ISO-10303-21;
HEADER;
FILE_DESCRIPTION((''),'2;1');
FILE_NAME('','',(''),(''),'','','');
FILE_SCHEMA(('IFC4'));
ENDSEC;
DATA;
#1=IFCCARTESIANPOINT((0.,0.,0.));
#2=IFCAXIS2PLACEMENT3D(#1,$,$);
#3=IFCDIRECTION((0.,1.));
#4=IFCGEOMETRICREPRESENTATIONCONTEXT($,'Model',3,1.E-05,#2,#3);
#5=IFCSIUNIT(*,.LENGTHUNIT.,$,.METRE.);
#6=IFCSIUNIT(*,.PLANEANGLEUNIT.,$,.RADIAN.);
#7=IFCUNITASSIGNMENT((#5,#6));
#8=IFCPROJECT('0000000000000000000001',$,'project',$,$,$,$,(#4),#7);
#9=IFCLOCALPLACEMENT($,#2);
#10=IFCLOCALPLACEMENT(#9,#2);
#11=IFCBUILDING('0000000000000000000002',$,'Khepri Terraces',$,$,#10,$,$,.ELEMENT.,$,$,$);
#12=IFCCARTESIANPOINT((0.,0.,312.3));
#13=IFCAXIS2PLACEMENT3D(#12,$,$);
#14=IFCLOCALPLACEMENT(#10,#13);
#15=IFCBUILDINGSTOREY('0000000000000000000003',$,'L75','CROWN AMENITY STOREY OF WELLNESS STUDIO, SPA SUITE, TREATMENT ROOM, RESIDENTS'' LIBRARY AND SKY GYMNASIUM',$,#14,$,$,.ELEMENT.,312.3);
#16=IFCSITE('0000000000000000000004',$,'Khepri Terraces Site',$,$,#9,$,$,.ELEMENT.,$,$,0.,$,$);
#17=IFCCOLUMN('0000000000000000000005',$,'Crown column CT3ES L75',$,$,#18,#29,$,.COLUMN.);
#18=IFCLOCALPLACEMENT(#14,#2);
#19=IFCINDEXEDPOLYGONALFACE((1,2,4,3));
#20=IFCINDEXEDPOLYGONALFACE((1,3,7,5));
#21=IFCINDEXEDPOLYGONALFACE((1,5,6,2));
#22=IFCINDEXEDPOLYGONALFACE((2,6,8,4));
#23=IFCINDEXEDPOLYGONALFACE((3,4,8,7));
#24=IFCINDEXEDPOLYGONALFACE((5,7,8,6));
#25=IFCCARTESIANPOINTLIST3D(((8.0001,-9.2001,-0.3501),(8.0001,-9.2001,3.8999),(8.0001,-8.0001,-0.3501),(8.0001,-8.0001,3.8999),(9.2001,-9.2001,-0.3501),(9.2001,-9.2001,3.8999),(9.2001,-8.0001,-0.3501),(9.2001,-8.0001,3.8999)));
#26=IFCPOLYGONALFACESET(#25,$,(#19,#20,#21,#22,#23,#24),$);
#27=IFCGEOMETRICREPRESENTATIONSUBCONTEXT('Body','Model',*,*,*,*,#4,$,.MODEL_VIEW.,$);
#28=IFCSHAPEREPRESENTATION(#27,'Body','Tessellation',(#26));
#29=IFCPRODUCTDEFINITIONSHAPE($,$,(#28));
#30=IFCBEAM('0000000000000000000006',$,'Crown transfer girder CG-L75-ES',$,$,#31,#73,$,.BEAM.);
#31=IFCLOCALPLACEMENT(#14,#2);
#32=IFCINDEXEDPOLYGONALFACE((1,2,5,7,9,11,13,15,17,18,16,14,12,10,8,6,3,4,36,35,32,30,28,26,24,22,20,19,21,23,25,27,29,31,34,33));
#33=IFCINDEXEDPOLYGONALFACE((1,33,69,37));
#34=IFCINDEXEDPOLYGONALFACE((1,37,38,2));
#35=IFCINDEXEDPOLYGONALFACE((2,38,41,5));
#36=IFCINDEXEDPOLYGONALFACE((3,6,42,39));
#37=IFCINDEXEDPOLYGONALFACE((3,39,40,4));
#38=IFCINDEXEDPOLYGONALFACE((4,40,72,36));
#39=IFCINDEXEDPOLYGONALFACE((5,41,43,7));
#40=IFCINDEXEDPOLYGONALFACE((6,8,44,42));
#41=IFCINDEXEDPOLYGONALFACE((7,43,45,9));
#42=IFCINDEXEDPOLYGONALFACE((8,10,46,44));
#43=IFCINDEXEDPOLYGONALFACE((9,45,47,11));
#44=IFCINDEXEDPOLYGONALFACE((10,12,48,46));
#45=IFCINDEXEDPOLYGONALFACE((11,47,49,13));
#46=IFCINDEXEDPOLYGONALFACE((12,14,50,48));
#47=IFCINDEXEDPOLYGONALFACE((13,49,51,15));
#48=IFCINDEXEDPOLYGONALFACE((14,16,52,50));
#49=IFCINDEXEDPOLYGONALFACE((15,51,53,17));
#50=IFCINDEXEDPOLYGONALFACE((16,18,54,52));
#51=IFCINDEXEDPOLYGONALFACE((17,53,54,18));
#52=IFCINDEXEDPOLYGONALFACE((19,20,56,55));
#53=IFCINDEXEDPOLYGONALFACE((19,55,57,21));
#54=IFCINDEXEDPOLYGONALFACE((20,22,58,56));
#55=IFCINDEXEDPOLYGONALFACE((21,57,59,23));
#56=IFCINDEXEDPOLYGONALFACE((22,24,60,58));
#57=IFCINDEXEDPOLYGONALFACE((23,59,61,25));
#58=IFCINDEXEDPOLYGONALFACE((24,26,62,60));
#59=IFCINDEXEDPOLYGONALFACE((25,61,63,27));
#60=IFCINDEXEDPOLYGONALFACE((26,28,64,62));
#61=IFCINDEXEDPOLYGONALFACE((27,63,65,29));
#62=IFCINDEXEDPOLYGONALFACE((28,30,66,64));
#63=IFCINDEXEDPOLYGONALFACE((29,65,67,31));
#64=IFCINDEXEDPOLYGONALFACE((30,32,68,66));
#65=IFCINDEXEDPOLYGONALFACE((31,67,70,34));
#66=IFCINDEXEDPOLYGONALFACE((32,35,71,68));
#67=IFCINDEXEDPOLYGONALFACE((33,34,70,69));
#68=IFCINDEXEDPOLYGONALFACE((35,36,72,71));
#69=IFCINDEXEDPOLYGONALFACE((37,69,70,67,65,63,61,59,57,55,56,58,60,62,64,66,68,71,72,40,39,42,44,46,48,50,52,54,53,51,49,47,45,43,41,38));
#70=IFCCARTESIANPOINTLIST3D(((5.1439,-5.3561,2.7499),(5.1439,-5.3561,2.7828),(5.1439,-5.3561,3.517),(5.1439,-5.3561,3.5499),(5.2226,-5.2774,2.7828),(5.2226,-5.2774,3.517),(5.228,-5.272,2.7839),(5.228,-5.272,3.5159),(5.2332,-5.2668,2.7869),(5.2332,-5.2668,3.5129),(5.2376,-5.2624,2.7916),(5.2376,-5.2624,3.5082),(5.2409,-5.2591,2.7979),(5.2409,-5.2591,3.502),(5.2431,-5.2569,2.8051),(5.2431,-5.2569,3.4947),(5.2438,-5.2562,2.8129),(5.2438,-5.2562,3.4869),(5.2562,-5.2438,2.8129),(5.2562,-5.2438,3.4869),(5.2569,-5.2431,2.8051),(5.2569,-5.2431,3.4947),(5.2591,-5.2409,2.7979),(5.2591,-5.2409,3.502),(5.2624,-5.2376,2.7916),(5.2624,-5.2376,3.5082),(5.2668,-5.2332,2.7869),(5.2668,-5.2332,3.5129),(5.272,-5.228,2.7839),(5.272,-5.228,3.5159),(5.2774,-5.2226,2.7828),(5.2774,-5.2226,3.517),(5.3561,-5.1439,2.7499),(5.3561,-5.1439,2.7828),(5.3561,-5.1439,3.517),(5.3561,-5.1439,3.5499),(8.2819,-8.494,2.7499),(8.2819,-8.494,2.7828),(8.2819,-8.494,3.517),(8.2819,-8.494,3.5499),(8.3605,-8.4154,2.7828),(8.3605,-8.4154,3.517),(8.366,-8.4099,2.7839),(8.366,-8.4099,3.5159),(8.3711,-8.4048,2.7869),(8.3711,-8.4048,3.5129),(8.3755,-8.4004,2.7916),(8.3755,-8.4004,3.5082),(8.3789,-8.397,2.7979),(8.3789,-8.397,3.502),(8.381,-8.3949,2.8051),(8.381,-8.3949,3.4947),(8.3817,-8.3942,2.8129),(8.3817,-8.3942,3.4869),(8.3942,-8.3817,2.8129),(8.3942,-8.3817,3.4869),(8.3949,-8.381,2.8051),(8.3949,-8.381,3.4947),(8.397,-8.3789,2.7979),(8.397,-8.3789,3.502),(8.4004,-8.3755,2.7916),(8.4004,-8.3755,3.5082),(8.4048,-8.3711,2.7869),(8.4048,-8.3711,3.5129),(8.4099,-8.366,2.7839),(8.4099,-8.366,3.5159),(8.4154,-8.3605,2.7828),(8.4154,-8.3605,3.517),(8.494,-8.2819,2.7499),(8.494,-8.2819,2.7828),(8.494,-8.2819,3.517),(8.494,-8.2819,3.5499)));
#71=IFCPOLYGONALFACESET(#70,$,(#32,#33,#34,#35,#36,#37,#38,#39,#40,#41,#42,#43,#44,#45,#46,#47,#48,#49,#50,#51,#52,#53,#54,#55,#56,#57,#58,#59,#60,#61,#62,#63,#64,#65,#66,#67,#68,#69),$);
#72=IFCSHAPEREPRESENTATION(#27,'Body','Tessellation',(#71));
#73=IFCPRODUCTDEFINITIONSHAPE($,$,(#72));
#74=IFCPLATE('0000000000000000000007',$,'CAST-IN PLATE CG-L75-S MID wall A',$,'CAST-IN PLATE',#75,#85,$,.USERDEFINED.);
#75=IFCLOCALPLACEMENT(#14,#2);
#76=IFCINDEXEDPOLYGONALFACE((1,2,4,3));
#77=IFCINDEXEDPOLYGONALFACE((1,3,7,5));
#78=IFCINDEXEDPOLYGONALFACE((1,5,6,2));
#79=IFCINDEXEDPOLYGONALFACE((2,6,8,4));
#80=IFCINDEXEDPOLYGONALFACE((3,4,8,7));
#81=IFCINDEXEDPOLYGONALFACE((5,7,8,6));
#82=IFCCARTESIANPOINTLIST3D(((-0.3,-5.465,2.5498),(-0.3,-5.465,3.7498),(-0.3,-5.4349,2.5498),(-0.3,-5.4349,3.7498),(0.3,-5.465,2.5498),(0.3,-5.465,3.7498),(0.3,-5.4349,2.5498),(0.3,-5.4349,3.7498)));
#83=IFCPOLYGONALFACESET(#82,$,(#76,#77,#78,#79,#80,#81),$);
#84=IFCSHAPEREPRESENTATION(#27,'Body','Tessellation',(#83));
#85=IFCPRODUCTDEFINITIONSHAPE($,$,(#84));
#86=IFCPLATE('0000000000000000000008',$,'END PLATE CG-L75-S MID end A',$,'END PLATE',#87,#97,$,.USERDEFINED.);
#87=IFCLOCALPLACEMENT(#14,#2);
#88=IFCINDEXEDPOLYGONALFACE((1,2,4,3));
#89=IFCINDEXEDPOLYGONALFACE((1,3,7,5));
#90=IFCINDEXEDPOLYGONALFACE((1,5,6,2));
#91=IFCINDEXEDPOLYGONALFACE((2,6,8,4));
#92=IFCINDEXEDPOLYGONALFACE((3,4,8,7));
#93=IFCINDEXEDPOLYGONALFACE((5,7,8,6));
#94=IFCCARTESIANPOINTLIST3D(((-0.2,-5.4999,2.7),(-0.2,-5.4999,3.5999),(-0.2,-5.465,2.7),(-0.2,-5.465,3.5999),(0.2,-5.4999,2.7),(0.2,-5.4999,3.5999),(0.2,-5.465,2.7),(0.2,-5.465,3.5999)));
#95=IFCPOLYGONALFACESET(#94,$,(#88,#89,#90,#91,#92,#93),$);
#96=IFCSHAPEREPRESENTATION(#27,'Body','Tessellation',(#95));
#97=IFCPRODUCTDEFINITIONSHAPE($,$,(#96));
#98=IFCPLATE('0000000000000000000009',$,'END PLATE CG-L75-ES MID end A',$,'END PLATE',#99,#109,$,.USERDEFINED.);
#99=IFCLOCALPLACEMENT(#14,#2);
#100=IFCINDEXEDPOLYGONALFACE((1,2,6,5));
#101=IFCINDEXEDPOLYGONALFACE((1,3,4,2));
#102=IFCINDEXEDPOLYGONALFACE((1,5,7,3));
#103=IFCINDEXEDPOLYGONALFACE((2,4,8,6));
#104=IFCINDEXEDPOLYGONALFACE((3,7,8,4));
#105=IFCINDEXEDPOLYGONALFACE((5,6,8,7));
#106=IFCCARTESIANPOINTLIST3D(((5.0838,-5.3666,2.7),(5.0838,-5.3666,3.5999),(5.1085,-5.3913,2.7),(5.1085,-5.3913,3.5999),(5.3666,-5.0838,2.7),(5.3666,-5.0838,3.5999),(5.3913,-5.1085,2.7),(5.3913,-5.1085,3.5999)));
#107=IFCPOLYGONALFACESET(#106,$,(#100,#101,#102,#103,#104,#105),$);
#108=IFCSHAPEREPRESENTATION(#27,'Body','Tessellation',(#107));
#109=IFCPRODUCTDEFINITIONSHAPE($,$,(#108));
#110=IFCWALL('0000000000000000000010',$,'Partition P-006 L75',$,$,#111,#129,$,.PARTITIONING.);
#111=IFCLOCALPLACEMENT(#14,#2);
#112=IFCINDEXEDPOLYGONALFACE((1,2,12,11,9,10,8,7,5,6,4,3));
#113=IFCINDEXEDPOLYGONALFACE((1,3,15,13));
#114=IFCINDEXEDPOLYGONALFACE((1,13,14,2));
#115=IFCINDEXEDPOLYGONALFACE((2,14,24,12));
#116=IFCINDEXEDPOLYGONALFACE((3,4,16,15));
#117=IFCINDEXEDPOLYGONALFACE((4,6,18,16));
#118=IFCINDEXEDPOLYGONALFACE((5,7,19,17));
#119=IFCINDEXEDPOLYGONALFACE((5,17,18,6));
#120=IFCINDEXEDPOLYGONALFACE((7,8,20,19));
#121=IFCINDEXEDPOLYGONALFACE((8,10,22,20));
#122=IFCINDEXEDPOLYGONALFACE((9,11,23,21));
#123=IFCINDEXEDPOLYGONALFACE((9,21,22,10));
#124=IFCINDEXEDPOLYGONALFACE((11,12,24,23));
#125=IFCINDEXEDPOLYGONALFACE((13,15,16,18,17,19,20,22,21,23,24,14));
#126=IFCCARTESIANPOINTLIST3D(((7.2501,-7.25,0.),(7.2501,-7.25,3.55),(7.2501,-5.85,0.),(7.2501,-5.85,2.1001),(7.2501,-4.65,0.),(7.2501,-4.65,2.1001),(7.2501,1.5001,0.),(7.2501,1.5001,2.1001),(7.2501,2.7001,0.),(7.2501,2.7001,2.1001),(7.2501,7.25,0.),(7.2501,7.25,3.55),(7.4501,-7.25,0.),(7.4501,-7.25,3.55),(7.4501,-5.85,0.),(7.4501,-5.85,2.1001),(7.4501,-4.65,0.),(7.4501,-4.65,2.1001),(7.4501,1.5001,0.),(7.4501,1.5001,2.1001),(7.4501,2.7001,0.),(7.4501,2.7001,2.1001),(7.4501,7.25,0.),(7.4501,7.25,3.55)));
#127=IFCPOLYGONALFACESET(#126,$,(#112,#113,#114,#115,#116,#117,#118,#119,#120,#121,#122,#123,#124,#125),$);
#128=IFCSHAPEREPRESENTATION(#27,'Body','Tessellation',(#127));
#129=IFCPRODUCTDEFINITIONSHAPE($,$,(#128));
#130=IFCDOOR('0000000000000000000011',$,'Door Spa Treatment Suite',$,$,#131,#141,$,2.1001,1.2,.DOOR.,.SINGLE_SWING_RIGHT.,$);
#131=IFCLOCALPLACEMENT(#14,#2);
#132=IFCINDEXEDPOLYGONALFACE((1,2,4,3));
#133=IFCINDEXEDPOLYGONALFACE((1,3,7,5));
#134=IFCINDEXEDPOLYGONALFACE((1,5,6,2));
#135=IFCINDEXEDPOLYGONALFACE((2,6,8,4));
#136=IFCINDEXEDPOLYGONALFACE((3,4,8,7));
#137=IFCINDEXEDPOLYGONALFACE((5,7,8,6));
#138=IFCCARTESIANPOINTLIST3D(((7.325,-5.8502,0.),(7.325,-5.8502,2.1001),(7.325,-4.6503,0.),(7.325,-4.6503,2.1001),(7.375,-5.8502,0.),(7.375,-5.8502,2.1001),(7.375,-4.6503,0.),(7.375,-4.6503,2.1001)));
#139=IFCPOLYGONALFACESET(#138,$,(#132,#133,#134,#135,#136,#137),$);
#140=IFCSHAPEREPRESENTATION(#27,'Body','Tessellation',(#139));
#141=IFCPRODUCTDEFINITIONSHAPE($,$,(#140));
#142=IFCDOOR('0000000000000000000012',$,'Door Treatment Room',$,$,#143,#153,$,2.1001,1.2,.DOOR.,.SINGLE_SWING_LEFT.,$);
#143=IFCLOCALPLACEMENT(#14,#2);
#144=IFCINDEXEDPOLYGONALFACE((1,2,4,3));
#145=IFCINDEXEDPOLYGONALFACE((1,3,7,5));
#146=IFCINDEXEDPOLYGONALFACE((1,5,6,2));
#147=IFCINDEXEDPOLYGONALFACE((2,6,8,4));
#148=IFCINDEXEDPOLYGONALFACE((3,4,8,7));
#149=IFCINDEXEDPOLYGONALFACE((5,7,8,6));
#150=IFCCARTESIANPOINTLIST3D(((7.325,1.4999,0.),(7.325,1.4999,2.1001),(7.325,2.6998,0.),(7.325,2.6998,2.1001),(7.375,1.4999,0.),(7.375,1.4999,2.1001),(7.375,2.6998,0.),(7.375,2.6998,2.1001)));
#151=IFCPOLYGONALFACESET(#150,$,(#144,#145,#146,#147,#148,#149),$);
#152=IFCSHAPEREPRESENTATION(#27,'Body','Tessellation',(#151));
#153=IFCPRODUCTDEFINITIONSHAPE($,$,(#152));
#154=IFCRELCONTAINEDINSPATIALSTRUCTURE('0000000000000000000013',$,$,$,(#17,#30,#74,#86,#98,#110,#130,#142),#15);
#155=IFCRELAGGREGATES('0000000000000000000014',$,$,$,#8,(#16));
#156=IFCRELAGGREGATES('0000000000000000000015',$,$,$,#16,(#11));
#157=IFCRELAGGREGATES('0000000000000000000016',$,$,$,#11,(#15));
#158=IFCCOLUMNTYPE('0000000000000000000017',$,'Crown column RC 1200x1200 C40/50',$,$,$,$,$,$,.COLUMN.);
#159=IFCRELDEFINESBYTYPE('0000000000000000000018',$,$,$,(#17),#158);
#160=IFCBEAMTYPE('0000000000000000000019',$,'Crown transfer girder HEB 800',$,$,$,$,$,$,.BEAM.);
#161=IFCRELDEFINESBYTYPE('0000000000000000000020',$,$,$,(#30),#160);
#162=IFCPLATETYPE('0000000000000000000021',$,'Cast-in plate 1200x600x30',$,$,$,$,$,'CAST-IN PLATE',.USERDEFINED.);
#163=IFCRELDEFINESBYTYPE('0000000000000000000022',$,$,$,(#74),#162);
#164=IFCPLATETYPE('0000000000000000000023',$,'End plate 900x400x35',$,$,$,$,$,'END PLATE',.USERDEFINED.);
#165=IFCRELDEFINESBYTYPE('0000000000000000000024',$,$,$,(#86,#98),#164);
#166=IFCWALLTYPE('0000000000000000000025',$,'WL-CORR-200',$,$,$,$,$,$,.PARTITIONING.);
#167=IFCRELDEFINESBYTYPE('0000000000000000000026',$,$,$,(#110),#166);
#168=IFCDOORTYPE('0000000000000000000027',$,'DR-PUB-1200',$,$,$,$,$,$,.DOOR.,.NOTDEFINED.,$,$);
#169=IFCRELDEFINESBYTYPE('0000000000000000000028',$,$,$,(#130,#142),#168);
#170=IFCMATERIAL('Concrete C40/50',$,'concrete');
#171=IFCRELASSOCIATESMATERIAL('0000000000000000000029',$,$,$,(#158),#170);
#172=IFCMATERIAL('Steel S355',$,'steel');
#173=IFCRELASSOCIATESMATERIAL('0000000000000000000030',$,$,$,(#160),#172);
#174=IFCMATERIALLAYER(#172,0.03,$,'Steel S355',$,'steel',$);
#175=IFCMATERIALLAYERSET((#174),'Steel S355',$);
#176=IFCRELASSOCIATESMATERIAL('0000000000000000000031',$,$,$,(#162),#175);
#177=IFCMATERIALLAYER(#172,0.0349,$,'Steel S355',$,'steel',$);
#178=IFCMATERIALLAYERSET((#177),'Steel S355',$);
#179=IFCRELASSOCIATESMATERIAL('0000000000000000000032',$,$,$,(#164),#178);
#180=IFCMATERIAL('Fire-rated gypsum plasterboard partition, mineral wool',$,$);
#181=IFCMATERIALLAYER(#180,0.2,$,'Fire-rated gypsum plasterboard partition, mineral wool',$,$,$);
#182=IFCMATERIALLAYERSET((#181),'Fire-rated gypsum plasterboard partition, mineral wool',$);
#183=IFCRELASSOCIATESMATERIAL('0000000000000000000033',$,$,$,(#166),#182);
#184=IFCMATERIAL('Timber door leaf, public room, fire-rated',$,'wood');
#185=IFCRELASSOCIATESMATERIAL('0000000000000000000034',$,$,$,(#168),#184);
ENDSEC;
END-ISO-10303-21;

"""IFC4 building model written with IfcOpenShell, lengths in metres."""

from ifc_helpers import new_model, si_unit, direction, frame, frame_2d, origin, origin_2d, place, context, subcontext, project, spatial, rectangle, i_section, extrude, material, layer, layer_set, material_profile, profile_set, type_object, element, fill, save


model = new_model("IFC4")

# Units and contexts
model_context = context("Model", 3, precision=1e-05, world=origin(), true_north=direction((0.0, 1.0)))
body_context = subcontext(model_context, "Body", "Model", "MODEL_VIEW")
ifc_project = project(units=[si_unit("LENGTHUNIT", "METRE"), si_unit("PLANEANGLEUNIT", "RADIAN")], contexts=[model_context])

# Site, building, storey
site_placement = place(None, origin())
site = spatial("IfcSite", under=ifc_project, at=site_placement, Name="Khepri Terraces Site", CompositionType="ELEMENT", RefElevation=0.0)
building_placement = place(site_placement, origin())
building = spatial("IfcBuilding", under=site, at=building_placement, Name="Khepri Terraces", CompositionType="ELEMENT")
storey_placement = place(building_placement, frame((0.0, 0.0, 312.3)))
storey = spatial("IfcBuildingStorey", under=building, at=storey_placement, Name="L75", Description="CROWN AMENITY STOREY OF WELLNESS STUDIO, SPA SUITE, TREATMENT ROOM, RESIDENTS' LIBRARY AND SKY GYMNASIUM", CompositionType="ELEMENT", Elevation=312.3)

# Column
ifc_material_1 = material(Name="Concrete C40/50", Category="concrete")
ifc_material_profile_1 = material_profile(ifc_material_1, rectangle(XDim=1.2, YDim=1.2, at=origin_2d()), Name="Concrete C40/50", Category="concrete")
ifc_profile_set_1 = profile_set([ifc_material_profile_1], Name="Concrete C40/50")
column_type = type_object("IfcColumnType", Name="Crown column RC 1200x1200 C40/50", PredefinedType="COLUMN", material=ifc_profile_set_1)
column_placement = place(storey_placement, frame((8.6001, -8.6001, -0.3501), z_axis=(0.0, 0.0, 1.0), x_axis=(1.0, 0.0, 0.0)))
element("IfcColumn", 1, at=column_placement, inside=storey, type_object=column_type, Name="Crown column CT3ES L75", PredefinedType="COLUMN", context=body_context, shape_type="SweptSolid", body=[
    extrude(rectangle(XDim=1.2, YDim=1.2, at=origin_2d()), origin(), (0.0, 0.0, 1.0), 4.25),
])

# Beam
ifc_material_2 = material(Name="Steel S355", Category="steel")
ifc_material_profile_2 = material_profile(ifc_material_2, i_section(OverallWidth=0.3, OverallDepth=0.8, WebThickness=0.0176, FlangeThickness=0.033, FilletRadius=0.03, at=origin_2d()), Name="Steel S355", Category="steel")
ifc_profile_set_2 = profile_set([ifc_material_profile_2], Name="Steel S355")
beam_type = type_object("IfcBeamType", Name="Crown transfer girder HEB 800", PredefinedType="BEAM", material=ifc_profile_set_2)
beam_placement = place(storey_placement, frame((5.25, -5.25, 3.1499), z_axis=(0.707107, -0.707107, 0.0), x_axis=(0.707107, 0.707107, 0.0)))
element("IfcBeam", 2, at=beam_placement, inside=storey, type_object=beam_type, Name="Crown transfer girder CG-L75-ES", PredefinedType="BEAM", context=body_context, shape_type="SweptSolid", body=[
    extrude(i_section(OverallWidth=0.3, OverallDepth=0.8, WebThickness=0.0176, FlangeThickness=0.033, FilletRadius=0.03, at=origin_2d()), origin(), (0.0, 0.0, 1.0), 4.4377),
])

# Plates
ifc_layer_1 = layer(ifc_material_2, 0.03, Name="Steel S355", Category="steel")
ifc_layer_set_1 = layer_set([ifc_layer_1], Name="Steel S355")
plate_type_1 = type_object("IfcPlateType", Name="Cast-in plate 1200x600x30", ElementType="CAST-IN PLATE", PredefinedType="USERDEFINED", material=ifc_layer_set_1)
plate_placement = place(storey_placement, frame((0.0, -5.45, 2.5498), z_axis=(0.0, 0.0, 1.0), x_axis=(0.0, -1.0, 0.0)))
element("IfcPlate", 3, at=plate_placement, inside=storey, type_object=plate_type_1, Name="CAST-IN PLATE CG-L75-S MID wall A", ObjectType="CAST-IN PLATE", PredefinedType="USERDEFINED", context=body_context, shape_type="SweptSolid", body=[
    extrude(rectangle(XDim=0.03, YDim=0.6001, at=origin_2d()), origin(), (0.0, 0.0, 1.0), 1.2),
])
ifc_layer_2 = layer(ifc_material_2, 0.0349, Name="Steel S355", Category="steel")
ifc_layer_set_2 = layer_set([ifc_layer_2], Name="Steel S355")
plate_type_2 = type_object("IfcPlateType", Name="End plate 900x400x35", ElementType="END PLATE", PredefinedType="USERDEFINED", material=ifc_layer_set_2)
for number, where, z_axis, x_axis, name in (
    (4, (0.0, -5.4824, 2.7), (0.0, 0.0, 1.0), (0.0, -1.0, 0.0), "END PLATE CG-L75-S MID end A"),
    (5, (5.2375, -5.2375, 2.7), (0.0, 0.0, 1.0), (0.707107, -0.707107, 0.0), "END PLATE CG-L75-ES MID end A"),
):
    element("IfcPlate", number, at=place(storey_placement, frame(where, z_axis=z_axis, x_axis=x_axis)), inside=storey, type_object=plate_type_2, Name=name, ObjectType="END PLATE", PredefinedType="USERDEFINED", context=body_context, shape_type="SweptSolid", body=[
        extrude(rectangle(XDim=0.0349, YDim=0.3999, at=origin_2d()), origin(), (0.0, 0.0, 1.0), 0.8999),
    ])

# Wall, openings, doors
ifc_material_3 = material(Name="Fire-rated gypsum plasterboard partition, mineral wool")
ifc_layer_3 = layer(ifc_material_3, 0.2, Name="Fire-rated gypsum plasterboard partition, mineral wool")
ifc_layer_set_3 = layer_set([ifc_layer_3], Name="Fire-rated gypsum plasterboard partition, mineral wool")
wall_type_1 = type_object("IfcWallType", Name="WL-CORR-200", PredefinedType="PARTITIONING", material=ifc_layer_set_3)
wall_1_placement = place(storey_placement, frame((7.3501, -7.25, 0.0), z_axis=(0.0, 0.0, 1.0), x_axis=(0.0, 1.0, 0.0)))
wall_1 = element("IfcWall", 6, at=wall_1_placement, inside=storey, type_object=wall_type_1, Name="Partition P-006 L75", PredefinedType="PARTITIONING", context=body_context, shape_type="SweptSolid", body=[
    extrude(rectangle(XDim=14.5, YDim=0.2, at=frame_2d((7.25, 0.0))), origin(), (0.0, 0.0, 1.0), 3.55),
])
opening_1_placement = place(wall_1_placement, frame((1.3999, 0.0, 0.0)))
opening_1 = element("IfcOpeningElement", 7, at=opening_1_placement, cuts=wall_1, PredefinedType="OPENING", context=body_context, shape_type="SweptSolid", body=[
    extrude(rectangle(XDim=1.2, YDim=2.1001, at=frame_2d((0.6001, 1.05))), frame((0.0, 0.1099, 0.0), z_axis=(0.0, -1.0, 0.0), x_axis=(1.0, 0.0, 0.0)), (0.0, 0.0, 1.0), 0.22),
])
opening_2_placement = place(wall_1_placement, frame((8.75, 0.0, 0.0)))
opening_2 = element("IfcOpeningElement", 8, at=opening_2_placement, cuts=wall_1, PredefinedType="OPENING", context=body_context, shape_type="SweptSolid", body=[
    extrude(rectangle(XDim=1.2, YDim=2.1001, at=frame_2d((0.6001, 1.05))), frame((0.0, 0.1099, 0.0), z_axis=(0.0, -1.0, 0.0), x_axis=(1.0, 0.0, 0.0)), (0.0, 0.0, 1.0), 0.22),
])
ifc_material_4 = material(Name="Timber door leaf, public room, fire-rated", Category="wood")
door_type = type_object("IfcDoorType", Name="DR-PUB-1200", OperationType="NOTDEFINED", PredefinedType="DOOR", material=ifc_material_4)
door_1_placement = place(opening_1_placement, frame((1.2, 0.0, 0.0), z_axis=(0.0, 0.0, 1.0), x_axis=(-1.0, 0.0, 0.0)))
door_1 = element("IfcDoor", 9, at=door_1_placement, inside=storey, type_object=door_type, Name="Door Spa Treatment Suite", OperationType="SINGLE_SWING_RIGHT", OverallHeight=2.1001, OverallWidth=1.2, PredefinedType="DOOR", context=body_context, shape_type="SweptSolid", body=[
    extrude(rectangle(XDim=1.2, YDim=2.1001, at=frame_2d((0.6001, 1.05))), frame((0.0, 0.0249, 0.0), z_axis=(0.0, -1.0, 0.0), x_axis=(1.0, 0.0, 0.0)), (0.0, 0.0, 1.0), 0.05),
])
fill(opening_1, door_1)
door_2_placement = place(opening_2_placement, frame((1.2, 0.0, 0.0), z_axis=(0.0, 0.0, 1.0), x_axis=(-1.0, 0.0, 0.0)))
door_2 = element("IfcDoor", 10, at=door_2_placement, inside=storey, type_object=door_type, Name="Door Treatment Room", OperationType="SINGLE_SWING_LEFT", OverallHeight=2.1001, OverallWidth=1.2, PredefinedType="DOOR", context=body_context, shape_type="SweptSolid", body=[
    extrude(rectangle(XDim=1.2, YDim=2.1001, at=frame_2d((0.6001, 1.05))), frame((0.0, 0.0249, 0.0), z_axis=(0.0, -1.0, 0.0), x_axis=(1.0, 0.0, 0.0)), (0.0, 0.0, 1.0), 0.05),
])
fill(opening_2, door_2)

save(model, "model.ifc")
